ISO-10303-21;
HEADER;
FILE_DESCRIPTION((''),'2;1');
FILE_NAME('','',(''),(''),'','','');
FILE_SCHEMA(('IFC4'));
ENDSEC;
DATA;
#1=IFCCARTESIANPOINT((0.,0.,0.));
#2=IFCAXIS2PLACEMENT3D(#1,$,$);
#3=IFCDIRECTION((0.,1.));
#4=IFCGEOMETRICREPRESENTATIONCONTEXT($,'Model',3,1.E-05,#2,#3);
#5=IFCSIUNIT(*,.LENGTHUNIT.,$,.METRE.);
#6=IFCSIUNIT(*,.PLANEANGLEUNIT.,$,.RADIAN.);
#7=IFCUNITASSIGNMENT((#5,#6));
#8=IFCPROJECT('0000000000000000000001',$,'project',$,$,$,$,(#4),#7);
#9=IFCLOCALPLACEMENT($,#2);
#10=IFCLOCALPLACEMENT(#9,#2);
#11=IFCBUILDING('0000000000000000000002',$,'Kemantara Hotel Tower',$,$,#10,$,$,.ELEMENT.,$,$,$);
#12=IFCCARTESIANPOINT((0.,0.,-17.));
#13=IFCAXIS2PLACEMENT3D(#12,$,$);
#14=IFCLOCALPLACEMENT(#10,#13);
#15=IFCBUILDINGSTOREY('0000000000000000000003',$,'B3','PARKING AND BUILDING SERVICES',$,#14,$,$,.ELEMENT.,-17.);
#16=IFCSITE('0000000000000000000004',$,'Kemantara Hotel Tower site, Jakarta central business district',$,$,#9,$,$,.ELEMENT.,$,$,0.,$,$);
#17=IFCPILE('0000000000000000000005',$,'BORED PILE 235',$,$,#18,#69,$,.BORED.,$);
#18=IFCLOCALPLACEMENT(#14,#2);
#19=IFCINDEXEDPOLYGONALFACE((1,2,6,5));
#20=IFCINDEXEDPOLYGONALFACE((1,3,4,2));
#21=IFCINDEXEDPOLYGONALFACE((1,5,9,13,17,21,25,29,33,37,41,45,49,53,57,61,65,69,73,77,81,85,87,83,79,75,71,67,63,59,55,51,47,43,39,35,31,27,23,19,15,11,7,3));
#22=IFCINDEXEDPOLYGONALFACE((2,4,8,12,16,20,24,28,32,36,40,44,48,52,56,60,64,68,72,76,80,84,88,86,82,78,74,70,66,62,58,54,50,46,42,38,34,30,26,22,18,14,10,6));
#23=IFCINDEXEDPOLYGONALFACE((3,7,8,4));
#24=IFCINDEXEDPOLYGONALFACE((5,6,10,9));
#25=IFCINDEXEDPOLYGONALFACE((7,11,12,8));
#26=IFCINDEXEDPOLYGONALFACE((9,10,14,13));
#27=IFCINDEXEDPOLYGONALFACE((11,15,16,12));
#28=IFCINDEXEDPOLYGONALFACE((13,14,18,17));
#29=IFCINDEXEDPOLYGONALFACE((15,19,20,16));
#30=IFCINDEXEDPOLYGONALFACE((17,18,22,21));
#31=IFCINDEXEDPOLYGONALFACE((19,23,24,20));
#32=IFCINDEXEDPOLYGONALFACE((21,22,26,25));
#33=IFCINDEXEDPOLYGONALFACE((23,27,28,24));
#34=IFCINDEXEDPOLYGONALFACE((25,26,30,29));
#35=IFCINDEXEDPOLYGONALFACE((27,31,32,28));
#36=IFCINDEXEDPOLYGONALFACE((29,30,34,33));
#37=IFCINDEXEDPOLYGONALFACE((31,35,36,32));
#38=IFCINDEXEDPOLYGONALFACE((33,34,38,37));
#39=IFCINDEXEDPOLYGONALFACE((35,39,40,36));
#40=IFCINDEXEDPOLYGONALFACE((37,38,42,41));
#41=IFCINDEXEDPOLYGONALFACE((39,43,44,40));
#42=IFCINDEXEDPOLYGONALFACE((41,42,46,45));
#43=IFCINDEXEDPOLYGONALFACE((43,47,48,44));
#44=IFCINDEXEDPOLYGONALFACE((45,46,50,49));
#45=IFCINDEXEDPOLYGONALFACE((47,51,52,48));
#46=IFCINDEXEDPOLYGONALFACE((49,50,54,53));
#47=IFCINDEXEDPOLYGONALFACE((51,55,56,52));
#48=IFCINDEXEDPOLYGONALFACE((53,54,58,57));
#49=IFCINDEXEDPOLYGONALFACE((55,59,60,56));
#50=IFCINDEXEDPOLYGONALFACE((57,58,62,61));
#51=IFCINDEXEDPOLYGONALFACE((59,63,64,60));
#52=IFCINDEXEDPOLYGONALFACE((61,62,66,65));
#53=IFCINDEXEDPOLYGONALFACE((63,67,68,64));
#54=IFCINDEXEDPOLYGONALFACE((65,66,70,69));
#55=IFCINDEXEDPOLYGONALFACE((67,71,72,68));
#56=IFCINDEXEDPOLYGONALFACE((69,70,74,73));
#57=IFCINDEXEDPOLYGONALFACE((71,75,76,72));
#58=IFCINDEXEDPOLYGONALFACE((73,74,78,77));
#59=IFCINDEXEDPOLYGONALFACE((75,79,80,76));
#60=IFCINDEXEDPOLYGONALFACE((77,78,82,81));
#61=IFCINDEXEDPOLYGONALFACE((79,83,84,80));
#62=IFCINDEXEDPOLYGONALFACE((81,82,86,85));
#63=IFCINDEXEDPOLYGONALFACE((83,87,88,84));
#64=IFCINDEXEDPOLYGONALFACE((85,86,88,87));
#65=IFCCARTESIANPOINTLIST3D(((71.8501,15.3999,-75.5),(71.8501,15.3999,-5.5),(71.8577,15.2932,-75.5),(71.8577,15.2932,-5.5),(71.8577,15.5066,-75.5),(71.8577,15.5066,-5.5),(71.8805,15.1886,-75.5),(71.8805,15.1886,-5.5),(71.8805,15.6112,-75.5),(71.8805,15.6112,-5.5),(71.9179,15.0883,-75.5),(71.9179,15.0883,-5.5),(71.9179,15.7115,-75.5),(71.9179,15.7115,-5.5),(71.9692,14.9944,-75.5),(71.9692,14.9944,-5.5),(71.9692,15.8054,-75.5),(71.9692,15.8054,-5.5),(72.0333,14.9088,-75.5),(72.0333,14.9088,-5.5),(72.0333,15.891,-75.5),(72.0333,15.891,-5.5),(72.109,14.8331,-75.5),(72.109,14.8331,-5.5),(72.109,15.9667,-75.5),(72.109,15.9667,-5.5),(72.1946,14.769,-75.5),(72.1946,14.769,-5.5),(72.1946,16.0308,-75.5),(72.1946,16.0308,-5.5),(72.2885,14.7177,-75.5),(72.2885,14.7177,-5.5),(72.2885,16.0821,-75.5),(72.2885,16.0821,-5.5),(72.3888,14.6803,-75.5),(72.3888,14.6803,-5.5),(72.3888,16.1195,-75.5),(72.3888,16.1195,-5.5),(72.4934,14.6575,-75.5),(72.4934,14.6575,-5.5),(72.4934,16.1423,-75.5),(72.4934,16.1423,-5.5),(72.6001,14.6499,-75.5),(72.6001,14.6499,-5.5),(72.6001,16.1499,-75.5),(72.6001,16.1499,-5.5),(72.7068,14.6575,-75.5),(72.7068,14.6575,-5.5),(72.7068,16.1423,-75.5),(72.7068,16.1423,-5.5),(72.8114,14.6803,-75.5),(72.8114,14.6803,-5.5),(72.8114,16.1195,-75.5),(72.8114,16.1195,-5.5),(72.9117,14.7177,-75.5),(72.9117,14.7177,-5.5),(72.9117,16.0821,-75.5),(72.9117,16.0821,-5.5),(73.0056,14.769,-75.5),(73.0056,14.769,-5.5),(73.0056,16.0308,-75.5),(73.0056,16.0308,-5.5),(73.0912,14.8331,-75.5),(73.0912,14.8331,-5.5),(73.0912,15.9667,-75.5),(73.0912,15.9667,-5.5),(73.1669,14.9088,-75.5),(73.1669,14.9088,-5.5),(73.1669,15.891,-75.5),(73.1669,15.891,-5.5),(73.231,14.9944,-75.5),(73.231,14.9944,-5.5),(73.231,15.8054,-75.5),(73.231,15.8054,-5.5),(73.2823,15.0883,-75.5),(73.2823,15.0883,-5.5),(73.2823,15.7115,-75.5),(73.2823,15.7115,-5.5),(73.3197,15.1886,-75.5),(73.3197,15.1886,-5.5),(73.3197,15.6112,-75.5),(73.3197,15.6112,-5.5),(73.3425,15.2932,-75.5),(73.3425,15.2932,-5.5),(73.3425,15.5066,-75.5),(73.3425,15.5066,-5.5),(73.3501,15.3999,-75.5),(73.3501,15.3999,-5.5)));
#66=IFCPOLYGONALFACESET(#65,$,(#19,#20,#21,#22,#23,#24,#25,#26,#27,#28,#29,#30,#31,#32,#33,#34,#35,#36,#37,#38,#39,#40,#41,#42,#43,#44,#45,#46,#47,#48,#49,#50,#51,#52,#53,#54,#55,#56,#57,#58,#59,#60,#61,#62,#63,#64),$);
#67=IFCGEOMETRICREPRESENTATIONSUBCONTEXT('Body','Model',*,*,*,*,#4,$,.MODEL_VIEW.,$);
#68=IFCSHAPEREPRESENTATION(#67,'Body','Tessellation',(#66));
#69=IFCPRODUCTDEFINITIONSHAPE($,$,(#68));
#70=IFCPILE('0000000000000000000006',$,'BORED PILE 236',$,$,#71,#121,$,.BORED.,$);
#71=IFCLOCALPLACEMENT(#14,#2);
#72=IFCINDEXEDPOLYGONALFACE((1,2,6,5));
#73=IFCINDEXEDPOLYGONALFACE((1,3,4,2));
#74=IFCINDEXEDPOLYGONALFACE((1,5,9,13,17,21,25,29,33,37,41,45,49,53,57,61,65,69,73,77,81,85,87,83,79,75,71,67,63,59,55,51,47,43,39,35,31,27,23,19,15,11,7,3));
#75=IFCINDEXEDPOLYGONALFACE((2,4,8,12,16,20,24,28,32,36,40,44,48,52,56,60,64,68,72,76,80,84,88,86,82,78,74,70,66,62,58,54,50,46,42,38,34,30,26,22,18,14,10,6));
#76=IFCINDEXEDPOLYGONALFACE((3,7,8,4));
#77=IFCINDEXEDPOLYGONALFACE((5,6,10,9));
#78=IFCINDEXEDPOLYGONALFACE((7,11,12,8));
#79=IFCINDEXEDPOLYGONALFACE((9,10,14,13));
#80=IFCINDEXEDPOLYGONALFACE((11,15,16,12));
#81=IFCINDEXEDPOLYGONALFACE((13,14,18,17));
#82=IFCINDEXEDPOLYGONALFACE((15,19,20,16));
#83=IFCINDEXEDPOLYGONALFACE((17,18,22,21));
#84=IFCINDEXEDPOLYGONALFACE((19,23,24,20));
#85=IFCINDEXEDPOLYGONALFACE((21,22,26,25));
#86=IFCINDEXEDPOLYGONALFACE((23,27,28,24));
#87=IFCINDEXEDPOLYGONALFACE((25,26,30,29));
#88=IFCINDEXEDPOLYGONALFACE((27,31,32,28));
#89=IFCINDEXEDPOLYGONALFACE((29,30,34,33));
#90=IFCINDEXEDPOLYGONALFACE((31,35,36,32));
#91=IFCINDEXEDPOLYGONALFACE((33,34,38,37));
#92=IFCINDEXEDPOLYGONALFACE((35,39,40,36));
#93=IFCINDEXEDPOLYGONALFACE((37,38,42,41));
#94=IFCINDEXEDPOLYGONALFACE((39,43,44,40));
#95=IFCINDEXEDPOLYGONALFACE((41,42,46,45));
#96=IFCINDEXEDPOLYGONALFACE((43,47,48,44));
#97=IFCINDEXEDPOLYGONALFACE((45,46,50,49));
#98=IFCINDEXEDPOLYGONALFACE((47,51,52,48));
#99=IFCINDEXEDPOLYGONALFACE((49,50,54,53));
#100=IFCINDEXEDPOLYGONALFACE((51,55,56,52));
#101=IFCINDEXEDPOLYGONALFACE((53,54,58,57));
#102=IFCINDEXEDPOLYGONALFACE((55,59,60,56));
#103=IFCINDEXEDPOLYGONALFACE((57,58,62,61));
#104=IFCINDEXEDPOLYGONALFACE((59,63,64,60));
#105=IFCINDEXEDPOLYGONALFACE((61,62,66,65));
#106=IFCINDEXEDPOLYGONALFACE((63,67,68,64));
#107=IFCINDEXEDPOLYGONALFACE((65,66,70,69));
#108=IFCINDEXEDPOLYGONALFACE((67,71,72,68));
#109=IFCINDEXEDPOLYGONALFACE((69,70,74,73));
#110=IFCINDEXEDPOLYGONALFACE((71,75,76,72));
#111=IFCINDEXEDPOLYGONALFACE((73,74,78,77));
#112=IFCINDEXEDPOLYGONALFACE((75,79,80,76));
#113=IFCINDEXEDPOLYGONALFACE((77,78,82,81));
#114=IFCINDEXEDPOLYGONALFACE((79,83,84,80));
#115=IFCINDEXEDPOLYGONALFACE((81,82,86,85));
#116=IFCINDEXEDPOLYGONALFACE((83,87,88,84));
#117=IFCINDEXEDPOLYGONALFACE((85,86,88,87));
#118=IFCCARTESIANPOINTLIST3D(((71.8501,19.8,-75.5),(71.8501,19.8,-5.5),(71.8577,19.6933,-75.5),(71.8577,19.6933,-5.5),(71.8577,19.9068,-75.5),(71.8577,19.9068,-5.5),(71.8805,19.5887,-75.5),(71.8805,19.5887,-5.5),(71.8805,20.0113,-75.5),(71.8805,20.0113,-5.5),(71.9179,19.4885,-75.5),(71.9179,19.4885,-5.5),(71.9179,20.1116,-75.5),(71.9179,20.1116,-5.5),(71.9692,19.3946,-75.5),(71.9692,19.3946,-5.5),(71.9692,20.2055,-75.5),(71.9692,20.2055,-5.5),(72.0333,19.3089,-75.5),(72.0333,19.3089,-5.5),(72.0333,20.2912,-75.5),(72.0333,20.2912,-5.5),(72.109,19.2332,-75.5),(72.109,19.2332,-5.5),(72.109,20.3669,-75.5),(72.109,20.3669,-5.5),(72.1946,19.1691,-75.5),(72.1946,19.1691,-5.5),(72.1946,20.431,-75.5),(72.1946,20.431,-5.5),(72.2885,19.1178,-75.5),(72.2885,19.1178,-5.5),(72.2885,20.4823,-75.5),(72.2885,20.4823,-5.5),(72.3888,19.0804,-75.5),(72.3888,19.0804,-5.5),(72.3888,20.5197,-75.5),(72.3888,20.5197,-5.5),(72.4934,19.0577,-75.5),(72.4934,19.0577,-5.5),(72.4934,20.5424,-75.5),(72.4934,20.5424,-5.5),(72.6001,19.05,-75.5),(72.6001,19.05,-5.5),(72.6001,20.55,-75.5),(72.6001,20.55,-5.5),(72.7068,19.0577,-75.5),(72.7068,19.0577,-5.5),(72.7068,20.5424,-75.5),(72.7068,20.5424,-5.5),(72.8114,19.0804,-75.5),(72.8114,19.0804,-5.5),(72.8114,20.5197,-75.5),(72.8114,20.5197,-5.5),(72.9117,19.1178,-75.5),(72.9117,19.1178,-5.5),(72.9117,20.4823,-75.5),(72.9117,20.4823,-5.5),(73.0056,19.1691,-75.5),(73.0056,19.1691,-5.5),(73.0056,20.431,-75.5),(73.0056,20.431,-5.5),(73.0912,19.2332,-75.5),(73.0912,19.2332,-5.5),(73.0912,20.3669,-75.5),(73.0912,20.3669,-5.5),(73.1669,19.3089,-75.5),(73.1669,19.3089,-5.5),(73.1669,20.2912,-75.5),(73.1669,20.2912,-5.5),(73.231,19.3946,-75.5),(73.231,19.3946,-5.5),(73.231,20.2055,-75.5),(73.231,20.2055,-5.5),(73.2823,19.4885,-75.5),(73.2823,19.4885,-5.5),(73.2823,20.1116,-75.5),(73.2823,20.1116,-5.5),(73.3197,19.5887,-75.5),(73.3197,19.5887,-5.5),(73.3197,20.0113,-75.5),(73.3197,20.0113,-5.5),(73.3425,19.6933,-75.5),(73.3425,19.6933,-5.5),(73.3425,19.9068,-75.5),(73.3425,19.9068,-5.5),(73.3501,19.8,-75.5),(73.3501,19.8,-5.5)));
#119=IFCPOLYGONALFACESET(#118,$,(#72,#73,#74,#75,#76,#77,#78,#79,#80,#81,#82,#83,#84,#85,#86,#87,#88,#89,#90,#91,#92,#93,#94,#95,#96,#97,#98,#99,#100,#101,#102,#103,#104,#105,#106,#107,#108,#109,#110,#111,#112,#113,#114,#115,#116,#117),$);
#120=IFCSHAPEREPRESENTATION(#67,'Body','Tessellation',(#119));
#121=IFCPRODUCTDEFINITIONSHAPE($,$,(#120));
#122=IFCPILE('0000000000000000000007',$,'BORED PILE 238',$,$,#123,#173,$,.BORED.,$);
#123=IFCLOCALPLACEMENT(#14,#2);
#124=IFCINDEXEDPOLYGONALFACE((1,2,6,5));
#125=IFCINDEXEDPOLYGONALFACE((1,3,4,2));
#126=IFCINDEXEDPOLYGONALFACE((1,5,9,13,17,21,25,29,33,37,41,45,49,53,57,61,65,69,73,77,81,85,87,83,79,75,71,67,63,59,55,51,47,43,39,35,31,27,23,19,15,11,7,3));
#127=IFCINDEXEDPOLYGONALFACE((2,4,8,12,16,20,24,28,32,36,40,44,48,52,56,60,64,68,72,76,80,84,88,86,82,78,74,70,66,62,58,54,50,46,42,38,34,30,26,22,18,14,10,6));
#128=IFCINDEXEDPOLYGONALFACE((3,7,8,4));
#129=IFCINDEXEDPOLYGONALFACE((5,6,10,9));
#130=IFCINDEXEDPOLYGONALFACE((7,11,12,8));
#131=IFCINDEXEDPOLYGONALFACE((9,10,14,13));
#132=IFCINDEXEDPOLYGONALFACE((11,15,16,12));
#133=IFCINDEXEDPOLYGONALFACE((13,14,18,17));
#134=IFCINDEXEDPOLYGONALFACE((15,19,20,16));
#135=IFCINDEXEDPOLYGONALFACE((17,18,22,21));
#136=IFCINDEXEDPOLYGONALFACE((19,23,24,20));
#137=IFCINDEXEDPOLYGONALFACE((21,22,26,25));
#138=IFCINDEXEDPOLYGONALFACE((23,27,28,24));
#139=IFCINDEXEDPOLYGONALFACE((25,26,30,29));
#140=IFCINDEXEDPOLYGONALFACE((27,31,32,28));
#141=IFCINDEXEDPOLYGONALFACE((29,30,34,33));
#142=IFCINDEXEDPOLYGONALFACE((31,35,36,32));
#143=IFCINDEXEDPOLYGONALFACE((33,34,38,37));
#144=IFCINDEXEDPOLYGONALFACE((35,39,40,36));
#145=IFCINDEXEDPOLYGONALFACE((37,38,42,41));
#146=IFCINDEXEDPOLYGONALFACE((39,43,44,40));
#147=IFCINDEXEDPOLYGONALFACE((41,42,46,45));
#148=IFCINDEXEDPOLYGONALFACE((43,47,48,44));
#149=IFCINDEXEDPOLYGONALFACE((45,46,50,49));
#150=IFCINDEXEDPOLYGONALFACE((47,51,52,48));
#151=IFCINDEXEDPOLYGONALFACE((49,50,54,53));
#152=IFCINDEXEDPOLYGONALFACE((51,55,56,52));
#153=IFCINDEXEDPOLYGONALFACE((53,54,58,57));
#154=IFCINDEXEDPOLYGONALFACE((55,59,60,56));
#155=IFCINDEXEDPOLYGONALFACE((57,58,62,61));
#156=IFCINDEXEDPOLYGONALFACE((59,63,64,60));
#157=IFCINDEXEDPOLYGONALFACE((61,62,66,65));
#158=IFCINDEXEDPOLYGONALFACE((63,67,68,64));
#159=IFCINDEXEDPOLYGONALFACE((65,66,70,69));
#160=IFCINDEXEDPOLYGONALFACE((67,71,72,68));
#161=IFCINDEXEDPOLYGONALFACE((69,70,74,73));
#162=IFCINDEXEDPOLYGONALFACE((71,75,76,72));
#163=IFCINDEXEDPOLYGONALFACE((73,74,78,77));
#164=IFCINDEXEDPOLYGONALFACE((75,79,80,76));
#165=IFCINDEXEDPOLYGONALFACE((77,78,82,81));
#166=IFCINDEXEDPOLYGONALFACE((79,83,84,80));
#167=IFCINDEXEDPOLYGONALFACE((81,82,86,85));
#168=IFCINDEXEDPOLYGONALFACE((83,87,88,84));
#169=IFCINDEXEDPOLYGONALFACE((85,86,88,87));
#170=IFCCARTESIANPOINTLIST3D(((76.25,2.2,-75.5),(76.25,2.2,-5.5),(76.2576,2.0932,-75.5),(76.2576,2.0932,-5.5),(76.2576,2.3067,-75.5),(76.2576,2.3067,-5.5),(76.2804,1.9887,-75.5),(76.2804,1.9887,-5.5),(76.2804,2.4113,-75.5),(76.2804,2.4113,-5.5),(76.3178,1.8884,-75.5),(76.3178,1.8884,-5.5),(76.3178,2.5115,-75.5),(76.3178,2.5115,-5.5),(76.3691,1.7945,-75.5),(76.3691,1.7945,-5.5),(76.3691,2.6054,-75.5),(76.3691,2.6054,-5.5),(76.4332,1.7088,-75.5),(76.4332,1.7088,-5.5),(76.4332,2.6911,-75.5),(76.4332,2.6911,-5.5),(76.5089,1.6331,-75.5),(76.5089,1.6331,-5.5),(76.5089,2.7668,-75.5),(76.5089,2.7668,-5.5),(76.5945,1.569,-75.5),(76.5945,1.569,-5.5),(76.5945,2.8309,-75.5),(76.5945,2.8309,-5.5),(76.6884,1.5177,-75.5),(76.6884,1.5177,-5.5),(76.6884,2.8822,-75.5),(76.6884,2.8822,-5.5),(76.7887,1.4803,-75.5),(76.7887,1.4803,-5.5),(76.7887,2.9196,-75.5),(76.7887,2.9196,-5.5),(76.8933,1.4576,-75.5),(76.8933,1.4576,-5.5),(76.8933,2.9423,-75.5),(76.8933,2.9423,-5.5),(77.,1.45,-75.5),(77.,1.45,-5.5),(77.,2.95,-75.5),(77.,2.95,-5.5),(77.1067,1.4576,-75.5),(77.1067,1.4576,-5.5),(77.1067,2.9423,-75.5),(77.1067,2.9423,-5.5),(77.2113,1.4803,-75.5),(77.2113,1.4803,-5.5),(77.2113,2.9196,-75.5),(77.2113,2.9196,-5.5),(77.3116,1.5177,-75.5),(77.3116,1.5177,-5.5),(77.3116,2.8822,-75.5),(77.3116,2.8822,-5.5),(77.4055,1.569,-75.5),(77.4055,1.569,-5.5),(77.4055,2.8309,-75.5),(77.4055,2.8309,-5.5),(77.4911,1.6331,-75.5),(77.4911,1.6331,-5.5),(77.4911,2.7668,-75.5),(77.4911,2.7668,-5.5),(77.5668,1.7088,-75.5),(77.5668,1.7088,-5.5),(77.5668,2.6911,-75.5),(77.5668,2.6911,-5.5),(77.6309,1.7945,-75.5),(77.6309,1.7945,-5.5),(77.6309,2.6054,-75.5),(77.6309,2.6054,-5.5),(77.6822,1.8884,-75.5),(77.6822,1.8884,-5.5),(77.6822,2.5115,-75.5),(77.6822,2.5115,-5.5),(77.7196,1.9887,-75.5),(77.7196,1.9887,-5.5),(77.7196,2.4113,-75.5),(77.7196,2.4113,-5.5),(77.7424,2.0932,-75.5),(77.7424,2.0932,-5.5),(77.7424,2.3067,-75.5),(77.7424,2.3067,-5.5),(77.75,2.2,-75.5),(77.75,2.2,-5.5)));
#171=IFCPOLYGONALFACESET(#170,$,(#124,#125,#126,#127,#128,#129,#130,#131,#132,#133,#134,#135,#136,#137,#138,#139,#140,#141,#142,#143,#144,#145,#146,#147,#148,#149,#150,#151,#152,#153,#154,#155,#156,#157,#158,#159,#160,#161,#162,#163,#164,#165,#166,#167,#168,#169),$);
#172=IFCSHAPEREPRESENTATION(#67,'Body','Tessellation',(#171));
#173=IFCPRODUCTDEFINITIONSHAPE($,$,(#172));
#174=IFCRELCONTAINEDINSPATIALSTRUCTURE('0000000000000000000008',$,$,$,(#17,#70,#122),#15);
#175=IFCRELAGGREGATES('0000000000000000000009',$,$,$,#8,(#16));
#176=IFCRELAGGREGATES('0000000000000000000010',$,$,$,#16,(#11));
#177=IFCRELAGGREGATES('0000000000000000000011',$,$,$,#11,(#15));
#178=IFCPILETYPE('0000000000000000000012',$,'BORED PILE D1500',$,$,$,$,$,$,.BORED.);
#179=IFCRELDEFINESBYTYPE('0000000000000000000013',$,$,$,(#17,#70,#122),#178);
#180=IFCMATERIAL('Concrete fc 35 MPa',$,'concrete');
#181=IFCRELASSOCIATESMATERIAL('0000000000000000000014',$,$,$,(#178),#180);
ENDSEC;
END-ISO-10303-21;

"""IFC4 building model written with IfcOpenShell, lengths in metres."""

from ifc_helpers import new_model, si_unit, direction, frame, origin, origin_2d, place, context, subcontext, project, spatial, circle, extrude, material, material_profile, profile_set, type_object, element, save


model = new_model("IFC4")

# Units and contexts
model_context = context("Model", 3, precision=1e-05, world=origin(), true_north=direction((0.0, 1.0)))
body_context = subcontext(model_context, "Body", "Model", "MODEL_VIEW")
ifc_project = project(units=[si_unit("LENGTHUNIT", "METRE"), si_unit("PLANEANGLEUNIT", "RADIAN")], contexts=[model_context])

# Site, building, storey
site_placement = place(None, origin())
site = spatial("IfcSite", under=ifc_project, at=site_placement, Name="Kemantara Hotel Tower site, Jakarta central business district", CompositionType="ELEMENT", RefElevation=0.0)
building_placement = place(site_placement, origin())
building = spatial("IfcBuilding", under=site, at=building_placement, Name="Kemantara Hotel Tower", CompositionType="ELEMENT")
storey_placement = place(building_placement, frame((0.0, 0.0, -17.0)))
storey = spatial("IfcBuildingStorey", under=building, at=storey_placement, Name="B3", Description="PARKING AND BUILDING SERVICES", CompositionType="ELEMENT", Elevation=-17.0)

# Piles
ifc_material_1 = material(Name="Concrete fc 35 MPa", Category="concrete")
ifc_material_profile_1 = material_profile(ifc_material_1, circle(Radius=0.75, at=origin_2d()), Name="BORED PILE D1500")
ifc_profile_set_1 = profile_set([ifc_material_profile_1], Name="Concrete fc 35 MPa")
pile_type = type_object("IfcPileType", Name="BORED PILE D1500", PredefinedType="BORED", material=ifc_profile_set_1)
for number, where, z_axis, x_axis, name in (
    (1, (72.6001, 15.3999, -5.5), (0.0, 0.0, -1.0), (1.0, 0.0, 0.0), "BORED PILE 235"),
    (2, (72.6001, 19.8, -5.5), (0.0, 0.0, -1.0), (1.0, 0.0, 0.0), "BORED PILE 236"),
    (3, (77.0, 2.2, -5.5), (0.0, 0.0, -1.0), (1.0, 0.0, 0.0), "BORED PILE 238"),
):
    element("IfcPile", number, at=place(storey_placement, frame(where, z_axis=z_axis, x_axis=x_axis)), inside=storey, type_object=pile_type, Name=name, PredefinedType="BORED", context=body_context, shape_type="SweptSolid", body=[
        extrude(circle(Radius=0.75, at=origin_2d()), origin(), (0.0, 0.0, 1.0), 70.0),
    ])

save(model, "model.ifc")
